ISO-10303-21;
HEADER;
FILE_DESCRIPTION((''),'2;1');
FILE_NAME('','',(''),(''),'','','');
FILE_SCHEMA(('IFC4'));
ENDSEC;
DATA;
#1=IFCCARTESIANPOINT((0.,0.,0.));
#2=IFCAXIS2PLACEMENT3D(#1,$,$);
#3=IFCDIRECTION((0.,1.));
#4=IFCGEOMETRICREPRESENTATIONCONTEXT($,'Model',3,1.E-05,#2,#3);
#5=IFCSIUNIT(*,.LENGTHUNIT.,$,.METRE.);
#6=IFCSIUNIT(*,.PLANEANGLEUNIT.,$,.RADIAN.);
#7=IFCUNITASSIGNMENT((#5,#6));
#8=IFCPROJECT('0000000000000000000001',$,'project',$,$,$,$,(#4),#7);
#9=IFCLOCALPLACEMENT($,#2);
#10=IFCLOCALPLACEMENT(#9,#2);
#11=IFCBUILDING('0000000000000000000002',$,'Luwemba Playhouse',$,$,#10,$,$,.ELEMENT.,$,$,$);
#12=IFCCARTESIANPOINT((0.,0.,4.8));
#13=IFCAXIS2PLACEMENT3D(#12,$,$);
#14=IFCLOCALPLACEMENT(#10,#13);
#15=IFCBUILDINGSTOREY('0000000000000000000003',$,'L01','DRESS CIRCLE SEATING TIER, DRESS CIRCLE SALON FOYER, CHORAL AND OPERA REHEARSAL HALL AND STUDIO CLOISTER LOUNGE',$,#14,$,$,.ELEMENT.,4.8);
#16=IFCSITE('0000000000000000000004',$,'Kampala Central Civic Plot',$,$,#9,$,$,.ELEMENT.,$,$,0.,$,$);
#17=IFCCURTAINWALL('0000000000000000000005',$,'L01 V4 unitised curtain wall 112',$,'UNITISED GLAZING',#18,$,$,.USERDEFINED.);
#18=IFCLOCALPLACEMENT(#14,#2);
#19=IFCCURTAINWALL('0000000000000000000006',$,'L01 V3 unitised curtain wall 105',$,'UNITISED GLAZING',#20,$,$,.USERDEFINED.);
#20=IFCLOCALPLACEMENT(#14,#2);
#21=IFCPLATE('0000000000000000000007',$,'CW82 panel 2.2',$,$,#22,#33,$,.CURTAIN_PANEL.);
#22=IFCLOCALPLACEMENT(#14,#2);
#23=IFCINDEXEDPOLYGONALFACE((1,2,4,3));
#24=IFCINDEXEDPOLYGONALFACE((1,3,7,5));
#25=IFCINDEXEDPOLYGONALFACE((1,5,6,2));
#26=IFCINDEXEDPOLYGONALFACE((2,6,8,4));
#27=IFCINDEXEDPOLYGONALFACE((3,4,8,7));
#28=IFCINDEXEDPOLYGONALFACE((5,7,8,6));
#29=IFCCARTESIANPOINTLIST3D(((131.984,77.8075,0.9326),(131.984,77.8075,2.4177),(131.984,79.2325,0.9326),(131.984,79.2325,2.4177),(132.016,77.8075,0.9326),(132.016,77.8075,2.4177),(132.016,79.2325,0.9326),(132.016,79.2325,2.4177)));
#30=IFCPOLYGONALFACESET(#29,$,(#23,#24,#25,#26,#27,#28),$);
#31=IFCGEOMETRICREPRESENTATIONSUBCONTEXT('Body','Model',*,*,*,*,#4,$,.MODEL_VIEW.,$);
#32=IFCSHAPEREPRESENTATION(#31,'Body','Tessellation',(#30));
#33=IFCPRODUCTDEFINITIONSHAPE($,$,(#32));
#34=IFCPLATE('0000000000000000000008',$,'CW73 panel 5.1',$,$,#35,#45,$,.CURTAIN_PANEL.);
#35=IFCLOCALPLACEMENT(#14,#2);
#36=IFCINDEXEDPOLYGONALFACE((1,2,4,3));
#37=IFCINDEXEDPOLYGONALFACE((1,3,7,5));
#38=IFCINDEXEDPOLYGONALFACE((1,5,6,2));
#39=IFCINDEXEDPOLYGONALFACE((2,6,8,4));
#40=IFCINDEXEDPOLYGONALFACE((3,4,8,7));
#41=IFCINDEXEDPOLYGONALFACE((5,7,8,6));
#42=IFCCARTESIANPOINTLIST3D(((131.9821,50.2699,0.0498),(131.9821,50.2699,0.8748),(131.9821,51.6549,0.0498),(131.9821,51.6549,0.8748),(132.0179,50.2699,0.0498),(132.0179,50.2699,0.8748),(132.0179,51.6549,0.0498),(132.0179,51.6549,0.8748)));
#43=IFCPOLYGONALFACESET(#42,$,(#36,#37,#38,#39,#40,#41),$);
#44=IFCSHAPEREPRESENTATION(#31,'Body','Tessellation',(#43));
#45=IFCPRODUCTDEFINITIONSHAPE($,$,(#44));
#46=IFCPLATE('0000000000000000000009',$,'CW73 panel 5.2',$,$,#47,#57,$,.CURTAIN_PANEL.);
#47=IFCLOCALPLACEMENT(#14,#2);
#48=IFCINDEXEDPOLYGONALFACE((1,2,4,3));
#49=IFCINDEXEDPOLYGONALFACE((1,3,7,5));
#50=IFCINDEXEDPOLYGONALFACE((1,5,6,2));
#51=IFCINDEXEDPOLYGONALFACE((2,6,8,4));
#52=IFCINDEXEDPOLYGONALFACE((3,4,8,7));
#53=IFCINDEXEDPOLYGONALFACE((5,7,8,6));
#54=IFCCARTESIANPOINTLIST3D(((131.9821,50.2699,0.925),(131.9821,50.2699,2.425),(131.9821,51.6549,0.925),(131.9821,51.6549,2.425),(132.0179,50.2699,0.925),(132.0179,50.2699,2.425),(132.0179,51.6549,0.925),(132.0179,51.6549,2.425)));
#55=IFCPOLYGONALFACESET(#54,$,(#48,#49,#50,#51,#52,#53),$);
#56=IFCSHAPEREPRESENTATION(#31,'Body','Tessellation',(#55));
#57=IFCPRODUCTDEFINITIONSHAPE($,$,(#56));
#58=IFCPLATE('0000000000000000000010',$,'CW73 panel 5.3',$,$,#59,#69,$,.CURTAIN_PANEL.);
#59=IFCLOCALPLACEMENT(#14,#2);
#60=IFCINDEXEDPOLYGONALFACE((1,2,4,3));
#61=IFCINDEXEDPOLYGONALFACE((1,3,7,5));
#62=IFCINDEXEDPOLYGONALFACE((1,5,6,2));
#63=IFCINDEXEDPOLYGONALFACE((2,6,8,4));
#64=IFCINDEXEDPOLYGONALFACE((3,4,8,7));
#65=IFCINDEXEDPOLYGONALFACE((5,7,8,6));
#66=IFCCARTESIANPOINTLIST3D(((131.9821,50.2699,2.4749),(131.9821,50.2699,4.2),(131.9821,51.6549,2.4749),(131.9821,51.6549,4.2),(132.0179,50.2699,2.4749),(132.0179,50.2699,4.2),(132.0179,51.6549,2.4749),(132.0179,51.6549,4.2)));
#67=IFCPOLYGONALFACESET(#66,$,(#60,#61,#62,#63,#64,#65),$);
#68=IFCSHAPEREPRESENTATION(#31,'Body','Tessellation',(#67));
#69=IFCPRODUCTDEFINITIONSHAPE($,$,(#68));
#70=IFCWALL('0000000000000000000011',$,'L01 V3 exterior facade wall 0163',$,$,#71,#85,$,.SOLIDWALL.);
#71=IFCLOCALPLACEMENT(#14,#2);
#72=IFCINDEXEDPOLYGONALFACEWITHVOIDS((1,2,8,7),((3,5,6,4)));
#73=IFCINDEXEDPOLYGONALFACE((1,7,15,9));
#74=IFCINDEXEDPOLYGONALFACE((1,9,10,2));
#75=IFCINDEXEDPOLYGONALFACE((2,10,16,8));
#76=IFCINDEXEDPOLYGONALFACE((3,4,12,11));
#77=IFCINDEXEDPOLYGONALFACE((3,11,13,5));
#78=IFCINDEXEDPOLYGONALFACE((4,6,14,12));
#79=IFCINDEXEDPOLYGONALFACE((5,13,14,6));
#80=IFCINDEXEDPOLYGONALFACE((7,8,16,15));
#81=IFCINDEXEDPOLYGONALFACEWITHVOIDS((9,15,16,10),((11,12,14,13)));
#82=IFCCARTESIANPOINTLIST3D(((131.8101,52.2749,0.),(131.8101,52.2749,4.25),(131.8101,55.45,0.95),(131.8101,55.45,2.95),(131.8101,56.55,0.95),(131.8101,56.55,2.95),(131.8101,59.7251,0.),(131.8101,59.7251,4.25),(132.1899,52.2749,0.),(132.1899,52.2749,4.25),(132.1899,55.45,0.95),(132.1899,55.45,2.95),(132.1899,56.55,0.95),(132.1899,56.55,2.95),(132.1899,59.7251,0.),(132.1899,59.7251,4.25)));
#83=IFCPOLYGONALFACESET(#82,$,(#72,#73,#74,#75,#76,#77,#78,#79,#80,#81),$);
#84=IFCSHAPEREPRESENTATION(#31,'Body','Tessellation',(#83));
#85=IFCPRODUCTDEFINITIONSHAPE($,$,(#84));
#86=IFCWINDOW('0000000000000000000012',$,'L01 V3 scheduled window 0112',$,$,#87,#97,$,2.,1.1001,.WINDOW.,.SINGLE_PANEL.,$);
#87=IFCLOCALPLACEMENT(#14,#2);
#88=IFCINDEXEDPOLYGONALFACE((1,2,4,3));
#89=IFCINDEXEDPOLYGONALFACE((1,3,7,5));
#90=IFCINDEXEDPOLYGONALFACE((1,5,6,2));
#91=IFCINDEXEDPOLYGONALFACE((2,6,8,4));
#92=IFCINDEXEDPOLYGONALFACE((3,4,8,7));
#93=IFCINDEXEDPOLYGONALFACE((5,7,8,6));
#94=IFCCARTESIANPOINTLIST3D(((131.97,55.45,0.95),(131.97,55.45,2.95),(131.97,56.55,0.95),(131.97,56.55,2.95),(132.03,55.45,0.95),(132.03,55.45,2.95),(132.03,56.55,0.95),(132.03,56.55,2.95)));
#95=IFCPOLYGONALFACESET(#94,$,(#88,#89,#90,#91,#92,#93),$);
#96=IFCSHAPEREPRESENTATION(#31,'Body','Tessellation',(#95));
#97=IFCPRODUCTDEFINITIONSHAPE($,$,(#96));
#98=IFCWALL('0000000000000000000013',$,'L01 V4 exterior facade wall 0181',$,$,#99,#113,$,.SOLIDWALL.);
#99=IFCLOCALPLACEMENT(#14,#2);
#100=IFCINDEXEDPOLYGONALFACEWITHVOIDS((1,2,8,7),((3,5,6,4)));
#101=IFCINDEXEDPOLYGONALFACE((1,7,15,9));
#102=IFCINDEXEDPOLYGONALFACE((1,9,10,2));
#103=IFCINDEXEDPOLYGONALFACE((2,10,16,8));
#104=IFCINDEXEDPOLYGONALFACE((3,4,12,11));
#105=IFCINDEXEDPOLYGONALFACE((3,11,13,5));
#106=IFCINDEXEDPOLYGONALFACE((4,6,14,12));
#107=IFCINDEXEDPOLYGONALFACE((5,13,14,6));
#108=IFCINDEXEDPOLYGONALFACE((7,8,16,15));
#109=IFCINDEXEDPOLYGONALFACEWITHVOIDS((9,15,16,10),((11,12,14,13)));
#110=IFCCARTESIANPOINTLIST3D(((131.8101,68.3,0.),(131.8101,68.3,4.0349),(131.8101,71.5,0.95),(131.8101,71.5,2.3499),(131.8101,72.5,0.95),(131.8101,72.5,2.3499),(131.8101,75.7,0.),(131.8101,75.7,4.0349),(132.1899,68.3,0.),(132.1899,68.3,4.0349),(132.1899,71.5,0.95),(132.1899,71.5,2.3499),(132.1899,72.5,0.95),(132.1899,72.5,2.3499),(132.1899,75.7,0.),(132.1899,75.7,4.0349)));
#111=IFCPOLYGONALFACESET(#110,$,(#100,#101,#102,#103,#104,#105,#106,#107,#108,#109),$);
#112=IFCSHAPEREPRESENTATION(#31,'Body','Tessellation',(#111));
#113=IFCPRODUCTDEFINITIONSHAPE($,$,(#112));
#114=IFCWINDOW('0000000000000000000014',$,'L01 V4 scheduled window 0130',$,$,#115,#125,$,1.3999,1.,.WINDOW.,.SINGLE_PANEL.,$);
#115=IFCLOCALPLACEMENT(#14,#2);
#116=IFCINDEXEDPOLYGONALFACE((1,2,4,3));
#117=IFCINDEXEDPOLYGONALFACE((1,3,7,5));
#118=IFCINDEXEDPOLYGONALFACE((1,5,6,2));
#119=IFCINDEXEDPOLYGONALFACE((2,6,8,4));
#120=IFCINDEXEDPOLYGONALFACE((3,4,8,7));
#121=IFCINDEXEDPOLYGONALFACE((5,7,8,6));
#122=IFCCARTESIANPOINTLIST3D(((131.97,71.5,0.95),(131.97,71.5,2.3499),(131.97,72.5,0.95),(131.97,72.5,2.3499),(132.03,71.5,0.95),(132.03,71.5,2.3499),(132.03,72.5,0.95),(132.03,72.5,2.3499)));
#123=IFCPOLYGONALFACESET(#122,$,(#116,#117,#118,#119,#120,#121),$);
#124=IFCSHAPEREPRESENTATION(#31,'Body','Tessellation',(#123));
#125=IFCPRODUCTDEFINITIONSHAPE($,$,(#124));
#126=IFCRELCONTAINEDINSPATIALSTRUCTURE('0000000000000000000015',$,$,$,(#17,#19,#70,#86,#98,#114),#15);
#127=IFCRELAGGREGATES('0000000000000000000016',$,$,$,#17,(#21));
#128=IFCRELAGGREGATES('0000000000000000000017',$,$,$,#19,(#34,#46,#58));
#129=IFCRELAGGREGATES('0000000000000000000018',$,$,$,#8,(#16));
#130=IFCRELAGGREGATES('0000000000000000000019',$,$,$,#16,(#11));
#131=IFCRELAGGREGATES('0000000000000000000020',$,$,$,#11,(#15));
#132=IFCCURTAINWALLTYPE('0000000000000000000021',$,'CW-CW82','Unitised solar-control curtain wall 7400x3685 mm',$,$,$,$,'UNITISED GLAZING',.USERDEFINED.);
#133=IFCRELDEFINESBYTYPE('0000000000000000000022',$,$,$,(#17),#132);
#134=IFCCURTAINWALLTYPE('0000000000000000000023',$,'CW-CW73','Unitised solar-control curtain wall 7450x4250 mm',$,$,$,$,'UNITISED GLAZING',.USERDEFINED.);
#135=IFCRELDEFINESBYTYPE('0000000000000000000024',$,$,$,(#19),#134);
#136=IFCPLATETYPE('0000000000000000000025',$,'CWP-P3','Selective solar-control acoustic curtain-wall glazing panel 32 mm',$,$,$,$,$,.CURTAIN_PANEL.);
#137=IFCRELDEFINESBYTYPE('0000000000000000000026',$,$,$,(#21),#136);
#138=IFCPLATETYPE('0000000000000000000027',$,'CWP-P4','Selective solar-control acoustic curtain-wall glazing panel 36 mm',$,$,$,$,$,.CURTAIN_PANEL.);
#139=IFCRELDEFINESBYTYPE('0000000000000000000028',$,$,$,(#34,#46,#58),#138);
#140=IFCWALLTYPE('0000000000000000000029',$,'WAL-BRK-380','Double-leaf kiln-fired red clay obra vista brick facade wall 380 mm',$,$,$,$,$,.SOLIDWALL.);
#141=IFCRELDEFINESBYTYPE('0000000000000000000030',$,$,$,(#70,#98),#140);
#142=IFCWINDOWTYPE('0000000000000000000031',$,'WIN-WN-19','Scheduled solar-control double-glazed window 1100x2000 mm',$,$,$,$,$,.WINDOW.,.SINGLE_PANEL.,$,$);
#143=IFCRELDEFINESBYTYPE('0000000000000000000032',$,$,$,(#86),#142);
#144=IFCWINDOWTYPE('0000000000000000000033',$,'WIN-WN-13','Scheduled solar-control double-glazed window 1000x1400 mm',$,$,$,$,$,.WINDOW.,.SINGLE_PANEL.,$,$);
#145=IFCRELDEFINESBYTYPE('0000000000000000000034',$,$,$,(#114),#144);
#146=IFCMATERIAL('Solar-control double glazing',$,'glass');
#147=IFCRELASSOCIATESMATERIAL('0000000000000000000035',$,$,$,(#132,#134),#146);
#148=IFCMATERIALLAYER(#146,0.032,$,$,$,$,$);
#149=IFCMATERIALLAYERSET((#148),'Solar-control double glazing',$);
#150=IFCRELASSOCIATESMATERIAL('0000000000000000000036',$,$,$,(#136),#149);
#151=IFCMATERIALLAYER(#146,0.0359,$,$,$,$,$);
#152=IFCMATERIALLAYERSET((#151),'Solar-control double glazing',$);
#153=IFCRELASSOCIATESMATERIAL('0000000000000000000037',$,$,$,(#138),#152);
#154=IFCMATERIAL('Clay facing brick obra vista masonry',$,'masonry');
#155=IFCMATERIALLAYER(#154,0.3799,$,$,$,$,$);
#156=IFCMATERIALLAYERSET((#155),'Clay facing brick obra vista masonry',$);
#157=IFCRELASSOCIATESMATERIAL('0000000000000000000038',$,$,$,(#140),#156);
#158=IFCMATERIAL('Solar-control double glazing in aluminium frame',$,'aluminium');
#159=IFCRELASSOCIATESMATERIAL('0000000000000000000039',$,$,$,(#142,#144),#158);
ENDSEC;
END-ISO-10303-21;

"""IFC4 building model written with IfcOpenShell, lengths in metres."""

from ifc_helpers import new_model, si_unit, direction, frame, frame_2d, origin, origin_2d, place, context, subcontext, project, spatial, rectangle, extrude, material, layer, layer_set, type_object, element, fill, aggregate, save


model = new_model("IFC4")

# Units and contexts
model_context = context("Model", 3, precision=1e-05, world=origin(), true_north=direction((0.0, 1.0)))
body_context = subcontext(model_context, "Body", "Model", "MODEL_VIEW")
ifc_project = project(units=[si_unit("LENGTHUNIT", "METRE"), si_unit("PLANEANGLEUNIT", "RADIAN")], contexts=[model_context])

# Site, building, storey
site_placement = place(None, origin())
site = spatial("IfcSite", under=ifc_project, at=site_placement, Name="Kampala Central Civic Plot", CompositionType="ELEMENT", RefElevation=0.0)
building_placement = place(site_placement, origin())
building = spatial("IfcBuilding", under=site, at=building_placement, Name="Luwemba Playhouse", CompositionType="ELEMENT")
storey_placement = place(building_placement, frame((0.0, 0.0, 4.8)))
storey = spatial("IfcBuildingStorey", under=building, at=storey_placement, Name="L01", Description="DRESS CIRCLE SEATING TIER, DRESS CIRCLE SALON FOYER, CHORAL AND OPERA REHEARSAL HALL AND STUDIO CLOISTER LOUNGE", CompositionType="ELEMENT", Elevation=4.8)

# Curtain wall
ifc_material_1 = material(Name="Solar-control double glazing", Category="glass")
curtain_wall_type_1 = type_object("IfcCurtainWallType", Name="CW-CW82", Description="Unitised solar-control curtain wall 7400x3685 mm", ElementType="UNITISED GLAZING", PredefinedType="USERDEFINED", material=ifc_material_1)
curtain_wall_1_placement = place(storey_placement, origin())
curtain_wall_1 = element("IfcCurtainWall", 1, at=curtain_wall_1_placement, inside=storey, type_object=curtain_wall_type_1, Name="L01 V4 unitised curtain wall 112", ObjectType="UNITISED GLAZING", PredefinedType="USERDEFINED")

# Curtain wall
curtain_wall_type_2 = type_object("IfcCurtainWallType", Name="CW-CW73", Description="Unitised solar-control curtain wall 7450x4250 mm", ElementType="UNITISED GLAZING", PredefinedType="USERDEFINED", material=ifc_material_1)
curtain_wall_2_placement = place(storey_placement, origin())
curtain_wall_2 = element("IfcCurtainWall", 2, at=curtain_wall_2_placement, inside=storey, type_object=curtain_wall_type_2, Name="L01 V3 unitised curtain wall 105", ObjectType="UNITISED GLAZING", PredefinedType="USERDEFINED")

# Plates
ifc_layer_1 = layer(ifc_material_1, 0.032)
ifc_layer_set_1 = layer_set([ifc_layer_1], Name="Solar-control double glazing")
plate_type_1 = type_object("IfcPlateType", Name="CWP-P3", Description="Selective solar-control acoustic curtain-wall glazing panel 32 mm", PredefinedType="CURTAIN_PANEL", material=ifc_layer_set_1)
plate_1_placement = place(storey_placement, frame((132.0, 78.52, 0.9326), z_axis=(0.0, 0.0, 1.0), x_axis=(0.0, 1.0, 0.0)))
plate_1 = element("IfcPlate", 3, at=plate_1_placement, type_object=plate_type_1, Name="CW82 panel 2.2", PredefinedType="CURTAIN_PANEL", context=body_context, shape_type="SweptSolid", body=[
    extrude(rectangle(XDim=1.425, YDim=0.032, at=origin_2d()), origin(), (0.0, 0.0, 1.0), 1.4851),
])
aggregate(curtain_wall_1, [plate_1])
ifc_layer_2 = layer(ifc_material_1, 0.0359)
ifc_layer_set_2 = layer_set([ifc_layer_2], Name="Solar-control double glazing")
plate_type_2 = type_object("IfcPlateType", Name="CWP-P4", Description="Selective solar-control acoustic curtain-wall glazing panel 36 mm", PredefinedType="CURTAIN_PANEL", material=ifc_layer_set_2)
plate_2_placement = place(storey_placement, frame((132.0, 50.9624, 0.0498), z_axis=(0.0, 0.0, 1.0), x_axis=(0.0, 1.0, 0.0)))
plate_2 = element("IfcPlate", 4, at=plate_2_placement, type_object=plate_type_2, Name="CW73 panel 5.1", PredefinedType="CURTAIN_PANEL", context=body_context, shape_type="SweptSolid", body=[
    extrude(rectangle(XDim=1.385, YDim=0.0359, at=origin_2d()), origin(), (0.0, 0.0, 1.0), 0.825),
])
plate_3_placement = place(storey_placement, frame((132.0, 50.9624, 0.925), z_axis=(0.0, 0.0, 1.0), x_axis=(0.0, 1.0, 0.0)))
plate_3 = element("IfcPlate", 5, at=plate_3_placement, type_object=plate_type_2, Name="CW73 panel 5.2", PredefinedType="CURTAIN_PANEL", context=body_context, shape_type="SweptSolid", body=[
    extrude(rectangle(XDim=1.385, YDim=0.0359, at=origin_2d()), origin(), (0.0, 0.0, 1.0), 1.5),
])
plate_4_placement = place(storey_placement, frame((132.0, 50.9624, 2.4749), z_axis=(0.0, 0.0, 1.0), x_axis=(0.0, 1.0, 0.0)))
plate_4 = element("IfcPlate", 6, at=plate_4_placement, type_object=plate_type_2, Name="CW73 panel 5.3", PredefinedType="CURTAIN_PANEL", context=body_context, shape_type="SweptSolid", body=[
    extrude(rectangle(XDim=1.385, YDim=0.0359, at=origin_2d()), origin(), (0.0, 0.0, 1.0), 1.7251),
])
aggregate(curtain_wall_2, [plate_2, plate_3, plate_4])

# Walls, openings, windows
ifc_material_2 = material(Name="Clay facing brick obra vista masonry", Category="masonry")
ifc_layer_3 = layer(ifc_material_2, 0.3799)
ifc_layer_set_3 = layer_set([ifc_layer_3], Name="Clay facing brick obra vista masonry")
wall_type = type_object("IfcWallType", Name="WAL-BRK-380", Description="Double-leaf kiln-fired red clay obra vista brick facade wall 380 mm", PredefinedType="SOLIDWALL", material=ifc_layer_set_3)
wall_1_placement = place(storey_placement, frame((132.0, 52.2749, 0.0), z_axis=(0.0, 0.0, 1.0), x_axis=(0.0, 1.0, 0.0)))
wall_1 = element("IfcWall", 7, at=wall_1_placement, inside=storey, type_object=wall_type, Name="L01 V3 exterior facade wall 0163", PredefinedType="SOLIDWALL", context=body_context, shape_type="SweptSolid", body=[
    extrude(rectangle(XDim=7.4502, YDim=0.3799, at=frame_2d((3.7251, 0.0))), origin(), (0.0, 0.0, 1.0), 4.25),
])
opening_1_placement = place(wall_1_placement, frame((3.175, 0.0, 0.95)))
opening_1 = element("IfcOpeningElement", 8, at=opening_1_placement, cuts=wall_1, PredefinedType="OPENING", context=body_context, shape_type="SweptSolid", body=[
    extrude(rectangle(XDim=1.1001, YDim=2.0, at=frame_2d((0.55, 1.0))), frame((0.0, 0.2, 0.0), z_axis=(0.0, -1.0, 0.0), x_axis=(1.0, 0.0, 0.0)), (0.0, 0.0, 1.0), 0.3999),
])
ifc_material_3 = material(Name="Solar-control double glazing in aluminium frame", Category="aluminium")
window_type_1 = type_object("IfcWindowType", Name="WIN-WN-19", Description="Scheduled solar-control double-glazed window 1100x2000 mm", PartitioningType="SINGLE_PANEL", PredefinedType="WINDOW", material=ifc_material_3)
window_1_placement = place(opening_1_placement, origin())
window_1 = element("IfcWindow", 9, at=window_1_placement, inside=storey, type_object=window_type_1, Name="L01 V3 scheduled window 0112", OverallHeight=2.0, OverallWidth=1.1001, PartitioningType="SINGLE_PANEL", PredefinedType="WINDOW", context=body_context, shape_type="SweptSolid", body=[
    extrude(rectangle(XDim=1.1001, YDim=2.0, at=frame_2d((0.55, 1.0))), frame((0.0, 0.03, 0.0), z_axis=(0.0, -1.0, 0.0), x_axis=(1.0, 0.0, 0.0)), (0.0, 0.0, 1.0), 0.0601),
])
fill(opening_1, window_1)
wall_2_placement = place(storey_placement, frame((132.0, 68.3, 0.0), z_axis=(0.0, 0.0, 1.0), x_axis=(0.0, 1.0, 0.0)))
wall_2 = element("IfcWall", 10, at=wall_2_placement, inside=storey, type_object=wall_type, Name="L01 V4 exterior facade wall 0181", PredefinedType="SOLIDWALL", context=body_context, shape_type="SweptSolid", body=[
    extrude(rectangle(XDim=7.3999, YDim=0.3799, at=frame_2d((3.7, 0.0))), origin(), (0.0, 0.0, 1.0), 4.0349),
])
opening_2_placement = place(wall_2_placement, frame((3.2, 0.0, 0.95)))
opening_2 = element("IfcOpeningElement", 11, at=opening_2_placement, cuts=wall_2, PredefinedType="OPENING", context=body_context, shape_type="SweptSolid", body=[
    extrude(rectangle(XDim=1.0, YDim=1.3999, at=frame_2d((0.5, 0.7))), frame((0.0, 0.2, 0.0), z_axis=(0.0, -1.0, 0.0), x_axis=(1.0, 0.0, 0.0)), (0.0, 0.0, 1.0), 0.3999),
])
window_type_2 = type_object("IfcWindowType", Name="WIN-WN-13", Description="Scheduled solar-control double-glazed window 1000x1400 mm", PartitioningType="SINGLE_PANEL", PredefinedType="WINDOW", material=ifc_material_3)
window_2_placement = place(opening_2_placement, origin())
window_2 = element("IfcWindow", 12, at=window_2_placement, inside=storey, type_object=window_type_2, Name="L01 V4 scheduled window 0130", OverallHeight=1.3999, OverallWidth=1.0, PartitioningType="SINGLE_PANEL", PredefinedType="WINDOW", context=body_context, shape_type="SweptSolid", body=[
    extrude(rectangle(XDim=1.0, YDim=1.3999, at=frame_2d((0.5, 0.7))), frame((0.0, 0.03, 0.0), z_axis=(0.0, -1.0, 0.0), x_axis=(1.0, 0.0, 0.0)), (0.0, 0.0, 1.0), 0.0601),
])
fill(opening_2, window_2)

save(model, "model.ifc")
